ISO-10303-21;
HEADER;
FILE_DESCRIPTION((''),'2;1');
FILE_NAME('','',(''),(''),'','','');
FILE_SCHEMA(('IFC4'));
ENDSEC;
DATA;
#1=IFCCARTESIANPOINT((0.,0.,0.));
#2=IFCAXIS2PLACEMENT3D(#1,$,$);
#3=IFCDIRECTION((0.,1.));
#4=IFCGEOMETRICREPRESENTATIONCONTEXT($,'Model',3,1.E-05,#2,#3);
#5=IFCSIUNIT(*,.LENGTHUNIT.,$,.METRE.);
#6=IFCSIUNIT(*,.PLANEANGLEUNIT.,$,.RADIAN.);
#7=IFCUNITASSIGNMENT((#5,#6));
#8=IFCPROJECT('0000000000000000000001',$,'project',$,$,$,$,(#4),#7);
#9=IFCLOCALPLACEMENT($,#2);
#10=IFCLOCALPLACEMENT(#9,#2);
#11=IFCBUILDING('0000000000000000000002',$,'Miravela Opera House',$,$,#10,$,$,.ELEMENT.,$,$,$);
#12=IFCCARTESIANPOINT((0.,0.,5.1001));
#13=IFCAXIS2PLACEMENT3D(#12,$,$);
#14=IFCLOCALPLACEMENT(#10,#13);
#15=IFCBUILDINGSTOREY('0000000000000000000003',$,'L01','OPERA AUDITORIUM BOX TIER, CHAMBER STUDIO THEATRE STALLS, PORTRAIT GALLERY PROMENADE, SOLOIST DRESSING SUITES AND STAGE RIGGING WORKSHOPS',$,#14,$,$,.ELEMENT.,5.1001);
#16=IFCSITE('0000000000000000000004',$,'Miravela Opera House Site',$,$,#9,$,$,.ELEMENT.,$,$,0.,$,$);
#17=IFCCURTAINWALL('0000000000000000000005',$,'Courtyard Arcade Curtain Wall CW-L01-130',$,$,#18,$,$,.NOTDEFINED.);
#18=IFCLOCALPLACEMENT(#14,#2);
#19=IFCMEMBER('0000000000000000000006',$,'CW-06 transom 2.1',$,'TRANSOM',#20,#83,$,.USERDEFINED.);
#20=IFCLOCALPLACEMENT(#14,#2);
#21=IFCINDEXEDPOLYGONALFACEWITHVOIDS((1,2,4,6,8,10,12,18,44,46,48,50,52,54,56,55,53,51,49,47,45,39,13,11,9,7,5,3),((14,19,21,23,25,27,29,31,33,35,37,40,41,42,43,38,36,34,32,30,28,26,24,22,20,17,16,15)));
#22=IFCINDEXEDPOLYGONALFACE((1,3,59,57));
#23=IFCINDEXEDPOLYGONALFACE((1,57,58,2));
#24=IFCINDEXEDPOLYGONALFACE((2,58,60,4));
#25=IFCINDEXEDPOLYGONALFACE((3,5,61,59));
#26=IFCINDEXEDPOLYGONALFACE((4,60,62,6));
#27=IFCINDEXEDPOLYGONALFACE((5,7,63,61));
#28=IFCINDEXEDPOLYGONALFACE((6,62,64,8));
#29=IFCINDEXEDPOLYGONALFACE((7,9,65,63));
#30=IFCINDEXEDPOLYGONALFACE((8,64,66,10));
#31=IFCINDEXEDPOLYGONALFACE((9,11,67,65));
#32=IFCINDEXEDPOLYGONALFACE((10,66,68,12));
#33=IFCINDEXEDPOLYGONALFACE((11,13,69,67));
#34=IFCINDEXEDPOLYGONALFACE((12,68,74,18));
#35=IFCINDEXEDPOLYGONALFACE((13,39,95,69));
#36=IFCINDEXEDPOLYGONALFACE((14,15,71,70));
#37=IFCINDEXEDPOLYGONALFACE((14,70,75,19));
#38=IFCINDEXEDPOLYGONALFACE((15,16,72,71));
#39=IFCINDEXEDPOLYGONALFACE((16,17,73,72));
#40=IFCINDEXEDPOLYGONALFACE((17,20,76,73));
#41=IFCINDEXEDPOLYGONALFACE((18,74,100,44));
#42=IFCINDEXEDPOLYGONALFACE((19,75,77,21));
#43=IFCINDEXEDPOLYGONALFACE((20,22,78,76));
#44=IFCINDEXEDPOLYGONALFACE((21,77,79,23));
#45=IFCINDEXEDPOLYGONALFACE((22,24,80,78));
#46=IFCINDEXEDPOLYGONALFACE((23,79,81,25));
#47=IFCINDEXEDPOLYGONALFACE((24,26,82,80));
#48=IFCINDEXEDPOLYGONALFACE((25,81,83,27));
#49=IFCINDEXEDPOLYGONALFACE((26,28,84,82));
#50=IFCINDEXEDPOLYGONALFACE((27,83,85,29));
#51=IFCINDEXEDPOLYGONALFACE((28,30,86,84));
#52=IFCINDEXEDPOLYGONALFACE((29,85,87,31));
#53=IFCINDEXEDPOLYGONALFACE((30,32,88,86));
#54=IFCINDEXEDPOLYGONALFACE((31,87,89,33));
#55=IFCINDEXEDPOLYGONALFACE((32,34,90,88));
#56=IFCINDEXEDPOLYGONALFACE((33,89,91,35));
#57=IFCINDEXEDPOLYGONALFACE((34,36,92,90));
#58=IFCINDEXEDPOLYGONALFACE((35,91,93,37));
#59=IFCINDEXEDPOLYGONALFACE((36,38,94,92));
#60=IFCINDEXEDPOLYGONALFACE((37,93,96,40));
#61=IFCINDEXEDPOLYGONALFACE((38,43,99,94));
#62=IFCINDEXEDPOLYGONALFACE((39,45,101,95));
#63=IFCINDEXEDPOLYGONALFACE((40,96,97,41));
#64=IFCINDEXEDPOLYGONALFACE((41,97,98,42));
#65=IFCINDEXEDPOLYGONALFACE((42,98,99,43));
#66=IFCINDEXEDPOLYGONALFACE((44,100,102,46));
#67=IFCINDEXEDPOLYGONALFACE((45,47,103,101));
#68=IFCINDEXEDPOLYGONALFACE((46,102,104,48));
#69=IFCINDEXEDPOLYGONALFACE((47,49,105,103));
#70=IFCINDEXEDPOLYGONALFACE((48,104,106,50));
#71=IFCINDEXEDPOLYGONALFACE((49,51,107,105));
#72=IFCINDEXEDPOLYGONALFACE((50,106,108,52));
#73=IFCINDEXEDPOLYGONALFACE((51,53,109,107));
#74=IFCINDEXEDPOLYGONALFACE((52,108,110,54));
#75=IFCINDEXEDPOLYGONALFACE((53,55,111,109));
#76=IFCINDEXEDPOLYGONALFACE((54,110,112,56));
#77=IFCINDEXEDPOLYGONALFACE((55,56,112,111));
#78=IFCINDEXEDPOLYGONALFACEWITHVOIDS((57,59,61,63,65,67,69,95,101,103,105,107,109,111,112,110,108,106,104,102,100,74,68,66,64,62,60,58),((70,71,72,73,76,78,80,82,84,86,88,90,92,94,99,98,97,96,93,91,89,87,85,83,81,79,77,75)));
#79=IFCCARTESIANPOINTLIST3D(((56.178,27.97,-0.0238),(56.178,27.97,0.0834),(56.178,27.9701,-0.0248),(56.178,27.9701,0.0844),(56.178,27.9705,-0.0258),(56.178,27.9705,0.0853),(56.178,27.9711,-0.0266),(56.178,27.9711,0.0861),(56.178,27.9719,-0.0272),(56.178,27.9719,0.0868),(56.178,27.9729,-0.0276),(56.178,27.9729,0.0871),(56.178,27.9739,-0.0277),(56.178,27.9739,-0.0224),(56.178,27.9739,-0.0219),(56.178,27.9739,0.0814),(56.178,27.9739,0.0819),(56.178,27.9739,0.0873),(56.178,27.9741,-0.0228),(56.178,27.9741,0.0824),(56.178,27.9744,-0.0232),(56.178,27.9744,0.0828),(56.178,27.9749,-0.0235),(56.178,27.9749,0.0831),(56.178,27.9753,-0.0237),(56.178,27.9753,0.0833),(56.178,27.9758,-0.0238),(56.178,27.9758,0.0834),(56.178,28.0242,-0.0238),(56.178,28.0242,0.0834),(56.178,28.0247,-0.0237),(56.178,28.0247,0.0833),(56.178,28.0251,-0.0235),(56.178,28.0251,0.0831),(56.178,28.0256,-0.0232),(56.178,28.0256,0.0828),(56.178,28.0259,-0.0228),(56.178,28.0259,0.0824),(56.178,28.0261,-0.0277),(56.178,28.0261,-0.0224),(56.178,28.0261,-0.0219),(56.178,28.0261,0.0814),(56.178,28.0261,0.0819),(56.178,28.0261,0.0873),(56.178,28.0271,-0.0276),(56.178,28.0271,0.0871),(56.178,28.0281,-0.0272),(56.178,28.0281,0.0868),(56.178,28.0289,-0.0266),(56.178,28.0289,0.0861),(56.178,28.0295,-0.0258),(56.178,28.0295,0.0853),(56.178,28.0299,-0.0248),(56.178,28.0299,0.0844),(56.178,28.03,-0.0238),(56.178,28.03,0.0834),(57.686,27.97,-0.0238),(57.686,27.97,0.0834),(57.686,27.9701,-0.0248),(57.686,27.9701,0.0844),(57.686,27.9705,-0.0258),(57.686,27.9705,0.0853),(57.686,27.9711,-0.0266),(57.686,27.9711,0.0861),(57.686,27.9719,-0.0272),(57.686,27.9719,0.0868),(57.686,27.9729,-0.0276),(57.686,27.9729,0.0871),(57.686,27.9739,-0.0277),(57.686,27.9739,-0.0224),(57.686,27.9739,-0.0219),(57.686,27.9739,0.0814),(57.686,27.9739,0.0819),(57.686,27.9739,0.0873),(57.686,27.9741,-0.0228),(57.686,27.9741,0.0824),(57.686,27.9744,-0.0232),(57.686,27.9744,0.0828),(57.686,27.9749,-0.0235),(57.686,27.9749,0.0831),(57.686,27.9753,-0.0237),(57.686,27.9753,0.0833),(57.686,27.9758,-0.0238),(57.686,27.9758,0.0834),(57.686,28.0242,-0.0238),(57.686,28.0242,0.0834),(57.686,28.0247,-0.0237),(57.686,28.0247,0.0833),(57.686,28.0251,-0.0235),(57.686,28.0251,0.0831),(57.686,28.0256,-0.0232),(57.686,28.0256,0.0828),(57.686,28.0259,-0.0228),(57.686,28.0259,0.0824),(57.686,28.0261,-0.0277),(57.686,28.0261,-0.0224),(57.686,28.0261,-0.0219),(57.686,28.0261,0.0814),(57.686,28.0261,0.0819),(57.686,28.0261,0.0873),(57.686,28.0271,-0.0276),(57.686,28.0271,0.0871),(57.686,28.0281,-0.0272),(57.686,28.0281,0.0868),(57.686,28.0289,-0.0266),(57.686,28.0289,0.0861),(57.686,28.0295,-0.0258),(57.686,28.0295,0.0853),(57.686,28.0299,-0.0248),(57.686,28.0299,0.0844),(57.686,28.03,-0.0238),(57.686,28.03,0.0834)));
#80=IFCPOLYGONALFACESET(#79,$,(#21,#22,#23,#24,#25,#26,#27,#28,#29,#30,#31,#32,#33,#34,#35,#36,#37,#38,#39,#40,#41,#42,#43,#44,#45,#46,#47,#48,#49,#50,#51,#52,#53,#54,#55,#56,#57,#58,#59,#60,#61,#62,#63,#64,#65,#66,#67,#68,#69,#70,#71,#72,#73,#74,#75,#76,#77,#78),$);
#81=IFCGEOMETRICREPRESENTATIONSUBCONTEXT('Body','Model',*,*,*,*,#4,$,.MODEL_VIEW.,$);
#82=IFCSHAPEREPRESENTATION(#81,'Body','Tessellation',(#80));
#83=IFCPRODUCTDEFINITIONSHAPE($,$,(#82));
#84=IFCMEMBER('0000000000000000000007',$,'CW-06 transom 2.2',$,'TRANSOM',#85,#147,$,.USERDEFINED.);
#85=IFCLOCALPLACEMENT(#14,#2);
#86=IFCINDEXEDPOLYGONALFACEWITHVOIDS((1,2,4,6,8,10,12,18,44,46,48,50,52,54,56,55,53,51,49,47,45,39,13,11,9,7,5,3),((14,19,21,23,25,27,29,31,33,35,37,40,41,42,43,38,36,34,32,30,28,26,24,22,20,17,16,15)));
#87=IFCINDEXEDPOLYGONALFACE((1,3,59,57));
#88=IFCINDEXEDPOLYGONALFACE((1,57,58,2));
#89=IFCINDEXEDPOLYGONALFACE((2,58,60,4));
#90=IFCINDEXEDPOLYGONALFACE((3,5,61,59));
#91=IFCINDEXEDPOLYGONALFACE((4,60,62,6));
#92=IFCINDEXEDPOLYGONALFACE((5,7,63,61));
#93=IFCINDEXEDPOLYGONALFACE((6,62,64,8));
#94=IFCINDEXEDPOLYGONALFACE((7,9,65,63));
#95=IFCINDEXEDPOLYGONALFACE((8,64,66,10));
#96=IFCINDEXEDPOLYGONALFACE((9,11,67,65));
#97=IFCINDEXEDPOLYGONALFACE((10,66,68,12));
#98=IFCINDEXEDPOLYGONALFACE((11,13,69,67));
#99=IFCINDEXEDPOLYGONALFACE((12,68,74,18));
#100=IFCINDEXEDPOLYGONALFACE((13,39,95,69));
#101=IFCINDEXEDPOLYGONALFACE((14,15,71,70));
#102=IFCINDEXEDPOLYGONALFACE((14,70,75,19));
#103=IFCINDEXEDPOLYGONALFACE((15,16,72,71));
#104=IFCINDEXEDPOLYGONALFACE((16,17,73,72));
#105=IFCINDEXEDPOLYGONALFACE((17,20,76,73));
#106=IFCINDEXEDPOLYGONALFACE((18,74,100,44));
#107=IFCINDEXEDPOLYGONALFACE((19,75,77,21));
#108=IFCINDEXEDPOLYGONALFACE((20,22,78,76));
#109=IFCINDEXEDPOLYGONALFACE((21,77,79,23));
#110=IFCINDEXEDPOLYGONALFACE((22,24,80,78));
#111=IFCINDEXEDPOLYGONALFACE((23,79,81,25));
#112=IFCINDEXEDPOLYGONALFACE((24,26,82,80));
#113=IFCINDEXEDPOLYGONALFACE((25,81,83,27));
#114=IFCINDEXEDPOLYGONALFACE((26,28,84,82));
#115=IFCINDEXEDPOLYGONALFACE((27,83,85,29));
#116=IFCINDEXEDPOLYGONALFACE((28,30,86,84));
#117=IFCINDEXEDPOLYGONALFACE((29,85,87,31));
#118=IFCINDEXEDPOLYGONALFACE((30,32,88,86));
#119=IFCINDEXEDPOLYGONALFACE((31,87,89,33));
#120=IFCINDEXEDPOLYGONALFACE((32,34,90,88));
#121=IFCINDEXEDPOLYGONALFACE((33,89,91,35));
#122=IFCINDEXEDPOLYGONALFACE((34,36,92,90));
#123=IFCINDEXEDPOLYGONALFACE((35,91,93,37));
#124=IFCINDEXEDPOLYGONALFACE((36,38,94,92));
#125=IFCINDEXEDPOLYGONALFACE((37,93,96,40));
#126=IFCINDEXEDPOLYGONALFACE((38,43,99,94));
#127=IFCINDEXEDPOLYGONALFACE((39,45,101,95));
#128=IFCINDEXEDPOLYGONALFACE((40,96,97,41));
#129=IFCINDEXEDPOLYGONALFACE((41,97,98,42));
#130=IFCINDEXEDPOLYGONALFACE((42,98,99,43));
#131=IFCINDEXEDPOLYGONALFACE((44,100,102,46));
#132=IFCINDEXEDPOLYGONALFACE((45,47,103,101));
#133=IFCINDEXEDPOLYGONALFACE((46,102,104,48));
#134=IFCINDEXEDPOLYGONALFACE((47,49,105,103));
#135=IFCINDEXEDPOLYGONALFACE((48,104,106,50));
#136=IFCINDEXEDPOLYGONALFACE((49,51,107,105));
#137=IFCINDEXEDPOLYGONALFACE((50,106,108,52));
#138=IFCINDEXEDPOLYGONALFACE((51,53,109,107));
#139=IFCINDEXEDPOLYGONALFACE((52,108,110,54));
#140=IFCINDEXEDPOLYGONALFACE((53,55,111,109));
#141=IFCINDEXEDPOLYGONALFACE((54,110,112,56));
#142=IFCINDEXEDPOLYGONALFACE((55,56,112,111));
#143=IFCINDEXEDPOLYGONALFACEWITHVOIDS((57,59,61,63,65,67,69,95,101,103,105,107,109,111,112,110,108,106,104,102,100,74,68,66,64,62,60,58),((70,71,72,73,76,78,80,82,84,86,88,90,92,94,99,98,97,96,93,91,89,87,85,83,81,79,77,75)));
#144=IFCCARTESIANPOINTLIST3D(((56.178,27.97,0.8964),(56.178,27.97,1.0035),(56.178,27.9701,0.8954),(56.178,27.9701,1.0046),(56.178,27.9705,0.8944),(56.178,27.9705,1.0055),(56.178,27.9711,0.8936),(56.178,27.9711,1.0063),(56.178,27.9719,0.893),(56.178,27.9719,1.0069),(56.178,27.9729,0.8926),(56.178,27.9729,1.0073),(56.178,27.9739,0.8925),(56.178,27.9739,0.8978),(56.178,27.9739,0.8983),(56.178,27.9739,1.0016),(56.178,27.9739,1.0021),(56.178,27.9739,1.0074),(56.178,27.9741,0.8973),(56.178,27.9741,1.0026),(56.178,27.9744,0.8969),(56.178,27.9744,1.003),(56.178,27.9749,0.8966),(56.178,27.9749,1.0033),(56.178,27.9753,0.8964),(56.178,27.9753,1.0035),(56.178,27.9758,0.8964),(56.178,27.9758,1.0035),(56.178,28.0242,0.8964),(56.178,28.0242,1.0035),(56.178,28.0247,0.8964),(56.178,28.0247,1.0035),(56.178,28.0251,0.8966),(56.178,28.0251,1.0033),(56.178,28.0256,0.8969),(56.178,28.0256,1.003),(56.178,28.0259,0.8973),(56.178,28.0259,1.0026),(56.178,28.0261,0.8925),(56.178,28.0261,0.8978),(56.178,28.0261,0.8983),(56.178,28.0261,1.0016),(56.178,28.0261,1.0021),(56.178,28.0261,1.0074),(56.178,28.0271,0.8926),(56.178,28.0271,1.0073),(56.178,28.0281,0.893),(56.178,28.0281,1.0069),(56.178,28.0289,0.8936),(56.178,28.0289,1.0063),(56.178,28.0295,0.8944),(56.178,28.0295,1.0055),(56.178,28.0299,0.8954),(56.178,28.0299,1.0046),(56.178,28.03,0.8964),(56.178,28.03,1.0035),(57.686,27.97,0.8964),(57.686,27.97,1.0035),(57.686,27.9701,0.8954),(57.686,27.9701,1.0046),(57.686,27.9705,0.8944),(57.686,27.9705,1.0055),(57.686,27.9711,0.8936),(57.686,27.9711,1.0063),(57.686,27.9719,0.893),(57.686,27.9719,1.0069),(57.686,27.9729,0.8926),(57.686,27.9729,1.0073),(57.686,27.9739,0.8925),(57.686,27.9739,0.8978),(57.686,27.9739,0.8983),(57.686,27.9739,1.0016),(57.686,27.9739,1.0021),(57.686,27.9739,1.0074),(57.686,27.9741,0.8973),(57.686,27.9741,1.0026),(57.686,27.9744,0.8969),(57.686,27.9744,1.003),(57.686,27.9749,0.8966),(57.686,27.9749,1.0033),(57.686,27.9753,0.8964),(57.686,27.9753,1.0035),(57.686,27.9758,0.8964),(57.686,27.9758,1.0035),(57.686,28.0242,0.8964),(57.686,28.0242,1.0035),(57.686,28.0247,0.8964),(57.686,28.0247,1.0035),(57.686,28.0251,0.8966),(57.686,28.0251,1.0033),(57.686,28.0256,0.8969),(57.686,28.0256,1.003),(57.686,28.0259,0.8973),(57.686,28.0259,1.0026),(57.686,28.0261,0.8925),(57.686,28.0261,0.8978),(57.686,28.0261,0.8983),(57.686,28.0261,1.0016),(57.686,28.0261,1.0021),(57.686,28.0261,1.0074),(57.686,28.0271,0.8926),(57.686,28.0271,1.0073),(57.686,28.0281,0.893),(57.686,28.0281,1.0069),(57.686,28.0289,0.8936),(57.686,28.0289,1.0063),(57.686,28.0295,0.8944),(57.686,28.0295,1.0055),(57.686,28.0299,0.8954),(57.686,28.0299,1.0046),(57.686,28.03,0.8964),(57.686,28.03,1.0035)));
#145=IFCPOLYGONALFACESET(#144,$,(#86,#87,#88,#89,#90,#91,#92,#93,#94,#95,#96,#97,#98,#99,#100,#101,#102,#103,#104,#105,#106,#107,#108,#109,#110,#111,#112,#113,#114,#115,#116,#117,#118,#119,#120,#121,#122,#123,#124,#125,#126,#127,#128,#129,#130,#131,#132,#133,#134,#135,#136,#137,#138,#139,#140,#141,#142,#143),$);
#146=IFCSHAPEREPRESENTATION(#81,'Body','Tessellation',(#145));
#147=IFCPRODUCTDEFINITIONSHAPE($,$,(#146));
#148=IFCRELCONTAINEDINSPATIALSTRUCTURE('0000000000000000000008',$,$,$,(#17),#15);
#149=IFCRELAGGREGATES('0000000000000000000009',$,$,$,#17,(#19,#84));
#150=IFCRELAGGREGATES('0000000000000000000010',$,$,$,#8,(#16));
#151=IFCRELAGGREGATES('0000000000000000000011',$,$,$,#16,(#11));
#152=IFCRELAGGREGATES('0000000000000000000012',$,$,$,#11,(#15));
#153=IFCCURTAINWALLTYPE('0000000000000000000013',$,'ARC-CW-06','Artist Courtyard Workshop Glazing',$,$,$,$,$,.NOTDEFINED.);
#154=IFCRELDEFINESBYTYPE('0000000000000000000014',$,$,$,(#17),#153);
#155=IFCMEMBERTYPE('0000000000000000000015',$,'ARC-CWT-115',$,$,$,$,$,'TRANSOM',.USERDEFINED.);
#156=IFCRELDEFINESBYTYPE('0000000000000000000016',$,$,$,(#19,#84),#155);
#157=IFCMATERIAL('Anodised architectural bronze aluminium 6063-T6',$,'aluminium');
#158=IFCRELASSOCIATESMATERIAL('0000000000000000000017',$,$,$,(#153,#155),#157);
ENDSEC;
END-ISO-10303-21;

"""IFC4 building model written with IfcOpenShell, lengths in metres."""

from ifc_helpers import new_model, si_unit, direction, frame, origin, origin_2d, place, context, subcontext, project, spatial, hollow_rectangle, extrude, material, material_profile, profile_set, type_object, element, aggregate, save


model = new_model("IFC4")

# Units and contexts
model_context = context("Model", 3, precision=1e-05, world=origin(), true_north=direction((0.0, 1.0)))
body_context = subcontext(model_context, "Body", "Model", "MODEL_VIEW")
ifc_project = project(units=[si_unit("LENGTHUNIT", "METRE"), si_unit("PLANEANGLEUNIT", "RADIAN")], contexts=[model_context])

# Site, building, storey
site_placement = place(None, origin())
site = spatial("IfcSite", under=ifc_project, at=site_placement, Name="Miravela Opera House Site", CompositionType="ELEMENT", RefElevation=0.0)
building_placement = place(site_placement, origin())
building = spatial("IfcBuilding", under=site, at=building_placement, Name="Miravela Opera House", CompositionType="ELEMENT")
storey_placement = place(building_placement, frame((0.0, 0.0, 5.1001)))
storey = spatial("IfcBuildingStorey", under=building, at=storey_placement, Name="L01", Description="OPERA AUDITORIUM BOX TIER, CHAMBER STUDIO THEATRE STALLS, PORTRAIT GALLERY PROMENADE, SOLOIST DRESSING SUITES AND STAGE RIGGING WORKSHOPS", CompositionType="ELEMENT", Elevation=5.1001)

# Curtain wall, members
ifc_material_1 = material(Name="Anodised architectural bronze aluminium 6063-T6", Category="aluminium")
curtain_wall_type = type_object("IfcCurtainWallType", Name="ARC-CW-06", Description="Artist Courtyard Workshop Glazing", PredefinedType="NOTDEFINED", material=ifc_material_1)
curtain_wall_placement = place(storey_placement, origin())
curtain_wall = element("IfcCurtainWall", 1, at=curtain_wall_placement, inside=storey, type_object=curtain_wall_type, Name="Courtyard Arcade Curtain Wall CW-L01-130", PredefinedType="NOTDEFINED")
ifc_material_profile_1 = material_profile(ifc_material_1, hollow_rectangle(XDim=0.0601, YDim=0.115, WallThickness=0.0039, InnerFilletRadius=0.002, OuterFilletRadius=0.0039, at=origin_2d()), Name="CWT-60X115")
ifc_profile_set_1 = profile_set([ifc_material_profile_1])
member_type_1 = type_object("IfcMemberType", Name="ARC-CWT-115", ElementType="TRANSOM", PredefinedType="USERDEFINED", material=ifc_profile_set_1)
member_1_placement = place(storey_placement, frame((56.178, 28.0, 0.0298), z_axis=(1.0, 0.0, 0.0), x_axis=(0.0, 1.0, 0.0)))
member_1 = element("IfcMember", 2, at=member_1_placement, type_object=member_type_1, Name="CW-06 transom 2.1", ObjectType="TRANSOM", PredefinedType="USERDEFINED", context=body_context, shape_type="SweptSolid", body=[
    extrude(hollow_rectangle(XDim=0.0601, YDim=0.115, WallThickness=0.0039, InnerFilletRadius=0.002, OuterFilletRadius=0.0039, at=origin_2d()), origin(), (0.0, 0.0, 1.0), 1.5081),
])
member_2_placement = place(storey_placement, frame((56.178, 28.0, 0.95), z_axis=(1.0, 0.0, 0.0), x_axis=(0.0, 1.0, 0.0)))
member_2 = element("IfcMember", 3, at=member_2_placement, type_object=member_type_1, Name="CW-06 transom 2.2", ObjectType="TRANSOM", PredefinedType="USERDEFINED", context=body_context, shape_type="SweptSolid", body=[
    extrude(hollow_rectangle(XDim=0.0601, YDim=0.115, WallThickness=0.0039, InnerFilletRadius=0.002, OuterFilletRadius=0.0039, at=origin_2d()), origin(), (0.0, 0.0, 1.0), 1.5081),
])

aggregate(curtain_wall, [member_1, member_2])

save(model, "model.ifc")
